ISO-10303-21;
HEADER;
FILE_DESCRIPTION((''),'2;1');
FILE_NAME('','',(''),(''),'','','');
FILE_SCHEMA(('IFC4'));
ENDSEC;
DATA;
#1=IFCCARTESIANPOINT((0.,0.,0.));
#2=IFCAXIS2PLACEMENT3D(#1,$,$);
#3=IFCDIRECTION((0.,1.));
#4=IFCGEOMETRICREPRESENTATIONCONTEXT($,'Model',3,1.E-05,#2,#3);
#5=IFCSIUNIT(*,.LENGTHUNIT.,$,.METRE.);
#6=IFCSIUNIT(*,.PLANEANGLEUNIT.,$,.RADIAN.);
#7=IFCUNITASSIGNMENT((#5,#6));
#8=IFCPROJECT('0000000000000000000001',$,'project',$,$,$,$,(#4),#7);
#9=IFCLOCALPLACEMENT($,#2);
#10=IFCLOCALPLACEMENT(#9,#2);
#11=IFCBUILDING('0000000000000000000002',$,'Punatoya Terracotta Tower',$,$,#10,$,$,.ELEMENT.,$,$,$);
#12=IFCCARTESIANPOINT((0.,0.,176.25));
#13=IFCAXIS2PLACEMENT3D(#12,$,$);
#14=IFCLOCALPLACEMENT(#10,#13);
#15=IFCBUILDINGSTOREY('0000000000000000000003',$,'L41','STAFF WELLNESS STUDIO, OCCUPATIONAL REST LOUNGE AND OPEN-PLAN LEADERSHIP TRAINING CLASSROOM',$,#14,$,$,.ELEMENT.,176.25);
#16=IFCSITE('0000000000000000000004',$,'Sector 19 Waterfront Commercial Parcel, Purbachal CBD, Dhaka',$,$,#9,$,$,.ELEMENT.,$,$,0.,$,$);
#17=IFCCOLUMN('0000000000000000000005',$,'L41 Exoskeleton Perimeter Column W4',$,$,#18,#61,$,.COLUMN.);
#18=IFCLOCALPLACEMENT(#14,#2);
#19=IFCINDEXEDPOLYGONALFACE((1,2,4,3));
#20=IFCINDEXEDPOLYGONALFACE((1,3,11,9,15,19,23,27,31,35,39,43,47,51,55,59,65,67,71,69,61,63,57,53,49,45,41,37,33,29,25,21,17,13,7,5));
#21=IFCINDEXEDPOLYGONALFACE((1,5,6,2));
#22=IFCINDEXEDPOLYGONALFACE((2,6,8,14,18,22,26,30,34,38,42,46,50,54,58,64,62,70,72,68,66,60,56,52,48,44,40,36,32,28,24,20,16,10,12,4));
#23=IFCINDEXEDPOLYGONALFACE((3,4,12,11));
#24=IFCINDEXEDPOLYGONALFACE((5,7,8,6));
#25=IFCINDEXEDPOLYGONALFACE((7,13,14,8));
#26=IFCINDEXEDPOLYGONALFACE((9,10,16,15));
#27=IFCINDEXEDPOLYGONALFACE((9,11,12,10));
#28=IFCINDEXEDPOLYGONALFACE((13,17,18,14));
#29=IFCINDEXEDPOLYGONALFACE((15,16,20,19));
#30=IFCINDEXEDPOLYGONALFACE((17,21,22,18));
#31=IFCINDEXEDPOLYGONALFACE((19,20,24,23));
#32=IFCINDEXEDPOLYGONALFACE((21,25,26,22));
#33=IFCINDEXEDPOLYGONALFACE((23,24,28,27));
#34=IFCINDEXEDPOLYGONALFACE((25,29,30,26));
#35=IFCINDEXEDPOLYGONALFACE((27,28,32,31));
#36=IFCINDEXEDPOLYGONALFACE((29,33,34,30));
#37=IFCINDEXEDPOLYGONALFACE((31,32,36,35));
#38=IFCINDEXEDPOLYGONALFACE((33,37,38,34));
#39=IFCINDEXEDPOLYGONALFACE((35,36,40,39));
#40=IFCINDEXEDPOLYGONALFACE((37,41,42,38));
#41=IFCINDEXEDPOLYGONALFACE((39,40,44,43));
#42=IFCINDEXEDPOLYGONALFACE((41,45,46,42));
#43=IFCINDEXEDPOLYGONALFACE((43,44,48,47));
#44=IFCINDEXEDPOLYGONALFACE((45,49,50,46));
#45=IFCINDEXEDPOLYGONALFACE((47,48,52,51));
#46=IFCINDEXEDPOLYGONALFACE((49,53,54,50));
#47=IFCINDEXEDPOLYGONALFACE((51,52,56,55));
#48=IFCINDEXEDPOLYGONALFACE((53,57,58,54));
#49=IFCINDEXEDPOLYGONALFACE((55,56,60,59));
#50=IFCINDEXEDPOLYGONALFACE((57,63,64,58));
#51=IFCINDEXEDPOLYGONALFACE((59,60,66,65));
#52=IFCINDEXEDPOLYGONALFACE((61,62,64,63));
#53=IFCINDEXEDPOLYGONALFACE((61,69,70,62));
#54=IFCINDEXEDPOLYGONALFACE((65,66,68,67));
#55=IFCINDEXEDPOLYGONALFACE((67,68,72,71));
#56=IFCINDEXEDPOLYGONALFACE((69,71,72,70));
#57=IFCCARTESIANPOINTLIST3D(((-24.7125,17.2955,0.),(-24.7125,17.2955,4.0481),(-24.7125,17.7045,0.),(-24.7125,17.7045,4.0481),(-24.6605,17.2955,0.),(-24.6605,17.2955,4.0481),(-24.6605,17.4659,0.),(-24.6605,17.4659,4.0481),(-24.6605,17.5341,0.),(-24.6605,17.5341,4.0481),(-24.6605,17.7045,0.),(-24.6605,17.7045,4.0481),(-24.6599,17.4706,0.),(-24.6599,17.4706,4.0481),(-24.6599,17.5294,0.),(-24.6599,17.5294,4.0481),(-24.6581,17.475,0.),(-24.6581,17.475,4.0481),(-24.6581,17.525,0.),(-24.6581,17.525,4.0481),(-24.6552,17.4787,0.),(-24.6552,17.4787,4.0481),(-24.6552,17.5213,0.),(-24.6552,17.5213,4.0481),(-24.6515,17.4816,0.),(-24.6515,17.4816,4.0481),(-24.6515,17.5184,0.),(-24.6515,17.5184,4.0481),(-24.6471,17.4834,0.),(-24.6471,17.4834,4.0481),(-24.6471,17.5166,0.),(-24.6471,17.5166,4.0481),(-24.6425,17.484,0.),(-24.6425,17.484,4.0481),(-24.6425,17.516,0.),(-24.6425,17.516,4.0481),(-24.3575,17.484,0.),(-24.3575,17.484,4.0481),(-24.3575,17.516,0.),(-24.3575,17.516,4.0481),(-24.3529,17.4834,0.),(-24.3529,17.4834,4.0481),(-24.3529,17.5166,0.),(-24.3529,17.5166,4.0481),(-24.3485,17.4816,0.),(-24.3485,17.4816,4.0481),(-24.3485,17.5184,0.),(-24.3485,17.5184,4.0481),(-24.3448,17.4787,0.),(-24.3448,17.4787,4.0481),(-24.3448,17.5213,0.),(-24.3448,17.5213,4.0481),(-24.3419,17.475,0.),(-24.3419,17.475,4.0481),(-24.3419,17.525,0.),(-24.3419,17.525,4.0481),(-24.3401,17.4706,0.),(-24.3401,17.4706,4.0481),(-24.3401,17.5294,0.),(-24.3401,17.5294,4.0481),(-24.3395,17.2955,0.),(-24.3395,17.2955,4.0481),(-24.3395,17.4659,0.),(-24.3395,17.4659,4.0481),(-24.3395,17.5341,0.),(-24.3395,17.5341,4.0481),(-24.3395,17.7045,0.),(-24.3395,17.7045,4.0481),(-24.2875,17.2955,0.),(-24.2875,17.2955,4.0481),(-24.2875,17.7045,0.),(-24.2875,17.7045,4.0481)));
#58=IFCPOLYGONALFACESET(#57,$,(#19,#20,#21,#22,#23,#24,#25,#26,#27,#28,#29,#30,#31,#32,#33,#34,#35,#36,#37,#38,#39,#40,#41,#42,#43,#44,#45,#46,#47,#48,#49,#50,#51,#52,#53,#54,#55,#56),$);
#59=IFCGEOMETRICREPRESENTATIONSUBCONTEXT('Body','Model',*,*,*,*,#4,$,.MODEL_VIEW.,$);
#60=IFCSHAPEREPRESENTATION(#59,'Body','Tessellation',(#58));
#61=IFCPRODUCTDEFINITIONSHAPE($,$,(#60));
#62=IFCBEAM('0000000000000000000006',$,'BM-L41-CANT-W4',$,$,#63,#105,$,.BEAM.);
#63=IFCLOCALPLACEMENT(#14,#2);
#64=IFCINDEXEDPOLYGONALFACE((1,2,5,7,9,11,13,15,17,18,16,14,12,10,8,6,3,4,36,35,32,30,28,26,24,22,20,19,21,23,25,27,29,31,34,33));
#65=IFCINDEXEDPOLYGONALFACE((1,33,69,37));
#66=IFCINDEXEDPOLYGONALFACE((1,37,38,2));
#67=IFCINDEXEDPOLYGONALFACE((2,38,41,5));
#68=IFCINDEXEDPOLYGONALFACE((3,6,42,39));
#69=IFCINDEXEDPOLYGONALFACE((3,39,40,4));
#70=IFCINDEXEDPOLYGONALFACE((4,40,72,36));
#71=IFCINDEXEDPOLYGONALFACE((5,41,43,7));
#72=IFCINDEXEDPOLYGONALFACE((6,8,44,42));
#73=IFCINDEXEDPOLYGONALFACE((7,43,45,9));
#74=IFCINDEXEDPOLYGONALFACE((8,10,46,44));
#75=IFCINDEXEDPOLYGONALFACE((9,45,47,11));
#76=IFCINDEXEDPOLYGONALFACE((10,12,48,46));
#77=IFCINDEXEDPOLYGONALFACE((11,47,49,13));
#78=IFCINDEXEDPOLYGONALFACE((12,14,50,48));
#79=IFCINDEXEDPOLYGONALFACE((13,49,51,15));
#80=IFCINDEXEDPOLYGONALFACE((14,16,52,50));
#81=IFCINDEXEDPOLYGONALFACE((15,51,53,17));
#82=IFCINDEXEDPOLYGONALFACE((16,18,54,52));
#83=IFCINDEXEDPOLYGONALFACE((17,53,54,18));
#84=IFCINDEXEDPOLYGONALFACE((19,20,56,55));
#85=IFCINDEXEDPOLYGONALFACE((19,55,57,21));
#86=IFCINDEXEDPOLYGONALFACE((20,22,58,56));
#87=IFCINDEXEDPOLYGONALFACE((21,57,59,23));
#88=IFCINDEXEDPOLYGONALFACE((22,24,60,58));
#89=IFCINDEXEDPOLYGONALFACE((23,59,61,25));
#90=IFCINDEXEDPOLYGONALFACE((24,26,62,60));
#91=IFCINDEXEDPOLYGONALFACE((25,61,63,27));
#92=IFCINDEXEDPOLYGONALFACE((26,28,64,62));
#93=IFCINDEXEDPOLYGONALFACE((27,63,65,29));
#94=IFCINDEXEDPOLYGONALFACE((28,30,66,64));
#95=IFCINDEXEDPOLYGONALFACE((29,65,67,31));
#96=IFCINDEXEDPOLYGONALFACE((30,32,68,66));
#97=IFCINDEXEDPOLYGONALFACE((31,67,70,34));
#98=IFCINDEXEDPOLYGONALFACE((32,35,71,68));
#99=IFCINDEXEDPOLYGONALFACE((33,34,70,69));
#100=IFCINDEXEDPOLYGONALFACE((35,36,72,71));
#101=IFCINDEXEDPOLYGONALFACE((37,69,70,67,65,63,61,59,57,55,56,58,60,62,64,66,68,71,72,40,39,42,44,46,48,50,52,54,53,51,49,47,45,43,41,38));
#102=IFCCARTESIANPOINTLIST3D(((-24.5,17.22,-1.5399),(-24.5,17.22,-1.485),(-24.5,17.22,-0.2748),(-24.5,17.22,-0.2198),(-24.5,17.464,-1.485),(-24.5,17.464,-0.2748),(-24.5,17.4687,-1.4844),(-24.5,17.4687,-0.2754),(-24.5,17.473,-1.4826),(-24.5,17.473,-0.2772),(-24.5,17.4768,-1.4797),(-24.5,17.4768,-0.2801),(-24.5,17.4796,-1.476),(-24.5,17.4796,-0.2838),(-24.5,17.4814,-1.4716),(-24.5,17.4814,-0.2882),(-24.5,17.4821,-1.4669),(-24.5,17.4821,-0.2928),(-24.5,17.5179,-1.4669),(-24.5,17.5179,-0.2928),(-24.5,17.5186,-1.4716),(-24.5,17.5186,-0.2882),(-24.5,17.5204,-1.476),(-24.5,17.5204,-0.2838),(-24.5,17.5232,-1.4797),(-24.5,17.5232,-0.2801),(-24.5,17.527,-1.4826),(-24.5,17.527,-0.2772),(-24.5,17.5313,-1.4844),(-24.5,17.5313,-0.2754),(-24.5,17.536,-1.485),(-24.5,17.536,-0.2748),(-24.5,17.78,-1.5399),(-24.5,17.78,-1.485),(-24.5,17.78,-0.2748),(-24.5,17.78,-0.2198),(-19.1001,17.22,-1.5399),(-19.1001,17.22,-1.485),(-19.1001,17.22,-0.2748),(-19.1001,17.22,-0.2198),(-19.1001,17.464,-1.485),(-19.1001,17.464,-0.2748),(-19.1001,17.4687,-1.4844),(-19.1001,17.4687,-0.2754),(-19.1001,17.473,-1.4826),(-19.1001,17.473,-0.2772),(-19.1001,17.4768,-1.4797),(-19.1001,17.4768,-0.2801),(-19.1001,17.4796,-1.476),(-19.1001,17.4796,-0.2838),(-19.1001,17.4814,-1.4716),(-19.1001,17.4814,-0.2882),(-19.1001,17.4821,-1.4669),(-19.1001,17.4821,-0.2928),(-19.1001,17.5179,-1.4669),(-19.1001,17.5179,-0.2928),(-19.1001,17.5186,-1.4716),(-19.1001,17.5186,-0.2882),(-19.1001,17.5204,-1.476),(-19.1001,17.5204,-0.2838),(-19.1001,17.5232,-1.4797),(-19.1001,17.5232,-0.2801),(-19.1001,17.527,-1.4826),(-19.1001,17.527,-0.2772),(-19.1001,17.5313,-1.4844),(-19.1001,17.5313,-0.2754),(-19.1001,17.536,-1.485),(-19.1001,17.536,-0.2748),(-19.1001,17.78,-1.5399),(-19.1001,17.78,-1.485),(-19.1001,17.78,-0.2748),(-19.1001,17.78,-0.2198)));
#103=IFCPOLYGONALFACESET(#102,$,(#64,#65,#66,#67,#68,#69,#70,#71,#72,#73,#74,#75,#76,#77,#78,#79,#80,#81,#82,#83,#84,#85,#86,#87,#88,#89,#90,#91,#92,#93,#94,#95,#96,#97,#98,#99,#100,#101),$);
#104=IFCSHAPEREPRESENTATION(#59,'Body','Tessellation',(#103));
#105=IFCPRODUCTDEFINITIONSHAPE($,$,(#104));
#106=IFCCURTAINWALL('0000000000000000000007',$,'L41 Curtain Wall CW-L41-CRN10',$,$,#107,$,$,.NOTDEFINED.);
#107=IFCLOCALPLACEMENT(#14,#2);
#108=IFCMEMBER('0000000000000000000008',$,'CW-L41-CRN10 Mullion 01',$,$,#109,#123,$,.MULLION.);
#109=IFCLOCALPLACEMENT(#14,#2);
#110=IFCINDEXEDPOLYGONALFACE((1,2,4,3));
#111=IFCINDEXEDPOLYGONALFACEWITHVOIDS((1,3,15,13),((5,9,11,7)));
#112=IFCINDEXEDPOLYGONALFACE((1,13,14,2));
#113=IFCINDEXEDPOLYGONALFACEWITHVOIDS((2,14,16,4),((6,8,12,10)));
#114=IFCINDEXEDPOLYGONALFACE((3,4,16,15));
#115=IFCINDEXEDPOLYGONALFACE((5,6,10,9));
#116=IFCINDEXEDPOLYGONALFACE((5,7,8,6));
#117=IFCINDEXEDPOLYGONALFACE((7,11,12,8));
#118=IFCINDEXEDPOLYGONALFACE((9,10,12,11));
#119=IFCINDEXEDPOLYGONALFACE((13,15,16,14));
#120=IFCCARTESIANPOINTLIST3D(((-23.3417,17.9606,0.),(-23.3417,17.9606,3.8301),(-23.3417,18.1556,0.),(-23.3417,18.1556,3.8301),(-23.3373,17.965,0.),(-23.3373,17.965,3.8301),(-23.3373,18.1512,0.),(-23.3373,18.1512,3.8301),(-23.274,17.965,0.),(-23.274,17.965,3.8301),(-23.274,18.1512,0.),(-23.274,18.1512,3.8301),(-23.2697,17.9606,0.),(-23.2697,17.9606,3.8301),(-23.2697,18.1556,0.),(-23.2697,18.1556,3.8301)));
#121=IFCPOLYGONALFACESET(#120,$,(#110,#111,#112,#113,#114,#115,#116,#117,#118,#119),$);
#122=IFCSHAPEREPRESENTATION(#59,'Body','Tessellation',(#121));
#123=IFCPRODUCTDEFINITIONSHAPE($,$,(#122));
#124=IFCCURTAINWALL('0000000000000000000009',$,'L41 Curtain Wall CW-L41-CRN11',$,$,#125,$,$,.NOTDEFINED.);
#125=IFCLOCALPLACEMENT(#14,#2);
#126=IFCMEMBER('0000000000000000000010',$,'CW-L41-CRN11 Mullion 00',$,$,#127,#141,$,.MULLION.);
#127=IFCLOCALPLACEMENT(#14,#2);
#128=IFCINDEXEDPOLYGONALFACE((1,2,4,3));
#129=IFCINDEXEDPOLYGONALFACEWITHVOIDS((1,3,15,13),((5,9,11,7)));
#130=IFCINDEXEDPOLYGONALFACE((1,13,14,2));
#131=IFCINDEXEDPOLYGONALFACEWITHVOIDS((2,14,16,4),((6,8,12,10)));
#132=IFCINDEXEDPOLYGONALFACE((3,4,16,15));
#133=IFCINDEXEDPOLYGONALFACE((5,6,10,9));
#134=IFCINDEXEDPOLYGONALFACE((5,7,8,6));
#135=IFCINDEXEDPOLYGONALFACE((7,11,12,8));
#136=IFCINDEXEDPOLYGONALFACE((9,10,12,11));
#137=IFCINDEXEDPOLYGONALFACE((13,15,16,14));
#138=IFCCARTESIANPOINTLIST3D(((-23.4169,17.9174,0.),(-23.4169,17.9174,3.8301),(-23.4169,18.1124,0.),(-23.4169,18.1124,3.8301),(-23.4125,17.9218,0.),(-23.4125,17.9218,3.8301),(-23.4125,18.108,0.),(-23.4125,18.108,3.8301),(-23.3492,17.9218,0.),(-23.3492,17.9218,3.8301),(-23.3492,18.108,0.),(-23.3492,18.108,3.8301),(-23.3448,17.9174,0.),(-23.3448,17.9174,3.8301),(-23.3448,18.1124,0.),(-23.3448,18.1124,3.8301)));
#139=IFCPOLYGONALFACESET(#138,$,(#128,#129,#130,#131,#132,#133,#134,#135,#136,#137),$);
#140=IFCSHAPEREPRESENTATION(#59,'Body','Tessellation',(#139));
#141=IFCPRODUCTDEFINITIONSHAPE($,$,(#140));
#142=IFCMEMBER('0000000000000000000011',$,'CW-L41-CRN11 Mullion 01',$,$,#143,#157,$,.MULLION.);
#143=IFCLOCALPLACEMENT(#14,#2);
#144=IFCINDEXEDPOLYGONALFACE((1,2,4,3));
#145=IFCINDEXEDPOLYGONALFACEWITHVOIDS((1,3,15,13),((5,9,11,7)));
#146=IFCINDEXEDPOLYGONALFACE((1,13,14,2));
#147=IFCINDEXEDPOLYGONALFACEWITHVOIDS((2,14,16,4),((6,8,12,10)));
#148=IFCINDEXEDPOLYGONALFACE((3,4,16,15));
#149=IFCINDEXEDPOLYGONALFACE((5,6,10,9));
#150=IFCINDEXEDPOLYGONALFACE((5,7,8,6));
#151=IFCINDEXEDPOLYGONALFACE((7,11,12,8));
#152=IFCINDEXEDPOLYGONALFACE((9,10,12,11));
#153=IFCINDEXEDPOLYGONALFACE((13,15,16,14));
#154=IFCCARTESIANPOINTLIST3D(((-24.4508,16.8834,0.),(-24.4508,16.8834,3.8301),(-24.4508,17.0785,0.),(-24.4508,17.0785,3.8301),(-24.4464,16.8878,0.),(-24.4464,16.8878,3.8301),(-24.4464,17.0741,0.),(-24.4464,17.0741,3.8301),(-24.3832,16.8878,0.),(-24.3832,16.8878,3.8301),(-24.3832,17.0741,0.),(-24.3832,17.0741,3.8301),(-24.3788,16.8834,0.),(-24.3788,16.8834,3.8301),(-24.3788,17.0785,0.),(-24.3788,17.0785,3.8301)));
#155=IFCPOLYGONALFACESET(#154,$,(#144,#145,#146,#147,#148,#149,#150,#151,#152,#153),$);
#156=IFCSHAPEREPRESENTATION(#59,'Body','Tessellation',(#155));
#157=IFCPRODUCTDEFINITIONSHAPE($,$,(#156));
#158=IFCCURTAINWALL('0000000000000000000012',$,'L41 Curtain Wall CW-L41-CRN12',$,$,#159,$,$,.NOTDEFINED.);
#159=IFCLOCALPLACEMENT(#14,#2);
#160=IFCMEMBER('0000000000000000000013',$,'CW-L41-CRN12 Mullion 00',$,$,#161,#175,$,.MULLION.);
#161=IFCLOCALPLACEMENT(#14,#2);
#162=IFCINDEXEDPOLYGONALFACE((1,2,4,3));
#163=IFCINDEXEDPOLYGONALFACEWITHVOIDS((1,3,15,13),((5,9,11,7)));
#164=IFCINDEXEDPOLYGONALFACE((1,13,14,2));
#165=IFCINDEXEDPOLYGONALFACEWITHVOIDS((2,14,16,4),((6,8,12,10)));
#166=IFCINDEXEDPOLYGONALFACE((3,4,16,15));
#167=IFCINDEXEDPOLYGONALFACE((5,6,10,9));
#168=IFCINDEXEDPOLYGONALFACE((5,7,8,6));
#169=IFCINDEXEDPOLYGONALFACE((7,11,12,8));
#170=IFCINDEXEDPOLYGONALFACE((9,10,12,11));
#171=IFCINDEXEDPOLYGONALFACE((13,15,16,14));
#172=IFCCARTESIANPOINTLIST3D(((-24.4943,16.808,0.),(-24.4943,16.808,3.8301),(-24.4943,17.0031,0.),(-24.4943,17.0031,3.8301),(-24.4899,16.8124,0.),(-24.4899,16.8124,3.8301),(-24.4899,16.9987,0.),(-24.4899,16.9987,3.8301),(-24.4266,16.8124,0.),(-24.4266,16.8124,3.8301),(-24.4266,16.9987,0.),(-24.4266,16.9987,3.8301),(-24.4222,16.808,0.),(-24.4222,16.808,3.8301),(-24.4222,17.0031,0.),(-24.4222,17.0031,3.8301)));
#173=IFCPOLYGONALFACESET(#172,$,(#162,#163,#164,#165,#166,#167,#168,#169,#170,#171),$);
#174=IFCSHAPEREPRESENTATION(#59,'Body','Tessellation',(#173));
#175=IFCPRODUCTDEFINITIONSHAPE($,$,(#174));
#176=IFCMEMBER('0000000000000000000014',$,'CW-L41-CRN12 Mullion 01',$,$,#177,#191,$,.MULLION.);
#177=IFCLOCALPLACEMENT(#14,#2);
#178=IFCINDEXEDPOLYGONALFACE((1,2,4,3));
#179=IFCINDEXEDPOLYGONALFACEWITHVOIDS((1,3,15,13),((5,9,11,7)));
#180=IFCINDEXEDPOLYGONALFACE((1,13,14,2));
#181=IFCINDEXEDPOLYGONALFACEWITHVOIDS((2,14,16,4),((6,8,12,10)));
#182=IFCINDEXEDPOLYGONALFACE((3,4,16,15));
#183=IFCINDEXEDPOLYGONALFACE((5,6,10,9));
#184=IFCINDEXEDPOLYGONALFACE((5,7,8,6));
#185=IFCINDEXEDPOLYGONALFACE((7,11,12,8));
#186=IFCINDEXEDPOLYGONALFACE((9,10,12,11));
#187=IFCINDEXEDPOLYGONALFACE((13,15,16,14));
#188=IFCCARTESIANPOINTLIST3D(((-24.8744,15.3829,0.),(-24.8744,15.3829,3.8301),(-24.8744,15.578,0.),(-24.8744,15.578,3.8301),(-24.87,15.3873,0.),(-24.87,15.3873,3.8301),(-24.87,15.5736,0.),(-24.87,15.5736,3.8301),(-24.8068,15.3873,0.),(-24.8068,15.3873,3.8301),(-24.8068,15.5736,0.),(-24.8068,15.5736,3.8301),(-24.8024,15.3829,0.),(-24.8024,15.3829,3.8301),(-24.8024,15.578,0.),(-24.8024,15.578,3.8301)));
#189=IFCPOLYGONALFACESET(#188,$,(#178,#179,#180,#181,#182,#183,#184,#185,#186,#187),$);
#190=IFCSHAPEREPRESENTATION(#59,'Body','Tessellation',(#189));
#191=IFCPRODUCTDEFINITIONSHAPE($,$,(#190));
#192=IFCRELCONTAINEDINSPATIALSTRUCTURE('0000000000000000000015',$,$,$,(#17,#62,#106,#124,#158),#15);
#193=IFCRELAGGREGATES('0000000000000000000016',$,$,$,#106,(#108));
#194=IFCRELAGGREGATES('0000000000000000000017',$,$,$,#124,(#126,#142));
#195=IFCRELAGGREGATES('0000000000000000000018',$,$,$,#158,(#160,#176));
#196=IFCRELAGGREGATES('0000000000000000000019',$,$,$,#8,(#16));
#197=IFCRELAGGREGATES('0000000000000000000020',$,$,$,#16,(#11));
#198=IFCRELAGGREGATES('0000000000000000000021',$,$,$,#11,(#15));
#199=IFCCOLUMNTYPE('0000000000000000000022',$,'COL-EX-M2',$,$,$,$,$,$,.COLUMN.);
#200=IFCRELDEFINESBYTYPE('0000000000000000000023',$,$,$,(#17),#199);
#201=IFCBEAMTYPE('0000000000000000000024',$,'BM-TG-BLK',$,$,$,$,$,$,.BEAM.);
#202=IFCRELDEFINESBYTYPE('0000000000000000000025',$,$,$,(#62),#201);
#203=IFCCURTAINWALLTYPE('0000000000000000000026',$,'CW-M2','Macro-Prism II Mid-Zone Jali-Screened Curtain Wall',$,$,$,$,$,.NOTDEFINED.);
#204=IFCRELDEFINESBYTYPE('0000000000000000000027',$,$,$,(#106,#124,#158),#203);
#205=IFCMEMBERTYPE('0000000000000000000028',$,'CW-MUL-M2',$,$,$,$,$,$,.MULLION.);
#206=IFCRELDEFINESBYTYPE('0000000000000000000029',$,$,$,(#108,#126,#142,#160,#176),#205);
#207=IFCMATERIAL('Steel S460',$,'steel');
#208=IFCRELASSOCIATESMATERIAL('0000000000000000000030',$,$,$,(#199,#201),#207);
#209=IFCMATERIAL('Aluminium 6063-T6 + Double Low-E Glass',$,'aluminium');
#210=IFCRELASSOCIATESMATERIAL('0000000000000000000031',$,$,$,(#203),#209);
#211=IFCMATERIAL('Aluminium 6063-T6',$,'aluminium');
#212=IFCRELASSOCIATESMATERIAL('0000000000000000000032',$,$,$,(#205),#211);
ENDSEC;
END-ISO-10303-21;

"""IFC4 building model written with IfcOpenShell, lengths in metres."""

from ifc_helpers import new_model, si_unit, direction, frame, origin, origin_2d, place, context, subcontext, project, spatial, hollow_rectangle, i_section, extrude, material, material_profile, profile_set, type_object, element, aggregate, save


model = new_model("IFC4")

# Units and contexts
model_context = context("Model", 3, precision=1e-05, world=origin(), true_north=direction((0.0, 1.0)))
body_context = subcontext(model_context, "Body", "Model", "MODEL_VIEW")
ifc_project = project(units=[si_unit("LENGTHUNIT", "METRE"), si_unit("PLANEANGLEUNIT", "RADIAN")], contexts=[model_context])

# Site, building, storey
site_placement = place(None, origin())
site = spatial("IfcSite", under=ifc_project, at=site_placement, Name="Sector 19 Waterfront Commercial Parcel, Purbachal CBD, Dhaka", CompositionType="ELEMENT", RefElevation=0.0)
building_placement = place(site_placement, origin())
building = spatial("IfcBuilding", under=site, at=building_placement, Name="Punatoya Terracotta Tower", CompositionType="ELEMENT")
storey_placement = place(building_placement, frame((0.0, 0.0, 176.25)))
storey = spatial("IfcBuildingStorey", under=building, at=storey_placement, Name="L41", Description="STAFF WELLNESS STUDIO, OCCUPATIONAL REST LOUNGE AND OPEN-PLAN LEADERSHIP TRAINING CLASSROOM", CompositionType="ELEMENT", Elevation=176.25)

# Column
ifc_material_1 = material(Name="Steel S460", Category="steel")
ifc_material_profile_1 = material_profile(ifc_material_1, i_section(OverallWidth=0.4089, OverallDepth=0.425, WebThickness=0.032, FlangeThickness=0.052, FilletRadius=0.0181, at=origin_2d()))
ifc_profile_set_1 = profile_set([ifc_material_profile_1], Name="Steel S460")
column_type = type_object("IfcColumnType", Name="COL-EX-M2", PredefinedType="COLUMN", material=ifc_profile_set_1)
column_placement = place(storey_placement, frame((-24.5, 17.5, 0.0), z_axis=(0.0, 0.0, 1.0), x_axis=(0.0, 1.0, 0.0)))
element("IfcColumn", 1, at=column_placement, inside=storey, type_object=column_type, Name="L41 Exoskeleton Perimeter Column W4", PredefinedType="COLUMN", context=body_context, shape_type="SweptSolid", body=[
    extrude(i_section(OverallWidth=0.4089, OverallDepth=0.425, WebThickness=0.032, FlangeThickness=0.052, FilletRadius=0.0181, at=origin_2d()), origin(), (0.0, 0.0, 1.0), 4.0481),
])

# Beam
ifc_material_profile_2 = material_profile(ifc_material_1, i_section(OverallWidth=0.5601, OverallDepth=1.3201, WebThickness=0.0359, FlangeThickness=0.0549, FilletRadius=0.0181, at=origin_2d()))
ifc_profile_set_2 = profile_set([ifc_material_profile_2], Name="Steel S460")
beam_type = type_object("IfcBeamType", Name="BM-TG-BLK", PredefinedType="BEAM", material=ifc_profile_set_2)
beam_placement = place(storey_placement, frame((-24.5, 17.5, -0.8799), z_axis=(1.0, 0.0, 0.0), x_axis=(0.0, 1.0, 0.0)))
element("IfcBeam", 2, at=beam_placement, inside=storey, type_object=beam_type, Name="BM-L41-CANT-W4", PredefinedType="BEAM", context=body_context, shape_type="SweptSolid", body=[
    extrude(i_section(OverallWidth=0.5601, OverallDepth=1.3201, WebThickness=0.0359, FlangeThickness=0.0549, FilletRadius=0.0181, at=origin_2d()), origin(), (0.0, 0.0, 1.0), 5.3999),
])

# Curtain wall, member
ifc_material_2 = material(Name="Aluminium 6063-T6 + Double Low-E Glass", Category="aluminium")
curtain_wall_type = type_object("IfcCurtainWallType", Name="CW-M2", Description="Macro-Prism II Mid-Zone Jali-Screened Curtain Wall", PredefinedType="NOTDEFINED", material=ifc_material_2)
curtain_wall_1_placement = place(storey_placement, origin())
curtain_wall_1 = element("IfcCurtainWall", 3, at=curtain_wall_1_placement, inside=storey, type_object=curtain_wall_type, Name="L41 Curtain Wall CW-L41-CRN10", PredefinedType="NOTDEFINED")
ifc_material_3 = material(Name="Aluminium 6063-T6", Category="aluminium")
ifc_material_profile_3 = material_profile(ifc_material_3, hollow_rectangle(XDim=0.072, YDim=0.1951, WallThickness=0.0044, at=origin_2d()))
ifc_profile_set_3 = profile_set([ifc_material_profile_3], Name="Aluminium 6063-T6")
member_type_1 = type_object("IfcMemberType", Name="CW-MUL-M2", PredefinedType="MULLION", material=ifc_profile_set_3)
member_1_placement = place(storey_placement, frame((-23.3057, 18.0581, 0.0), z_axis=(0.0, 0.0, 1.0), x_axis=(1.0, 0.0, 0.0)))
member_1 = element("IfcMember", 4, at=member_1_placement, type_object=member_type_1, Name="CW-L41-CRN10 Mullion 01", PredefinedType="MULLION", context=body_context, shape_type="SweptSolid", body=[
    extrude(hollow_rectangle(XDim=0.072, YDim=0.1951, WallThickness=0.0044, at=origin_2d()), origin(), (0.0, 0.0, 1.0), 3.8301),
])

# Curtain walls, members
curtain_wall_2_placement = place(storey_placement, origin())
curtain_wall_2 = element("IfcCurtainWall", 5, at=curtain_wall_2_placement, inside=storey, type_object=curtain_wall_type, Name="L41 Curtain Wall CW-L41-CRN11", PredefinedType="NOTDEFINED")
member_2_placement = place(storey_placement, frame((-23.3809, 18.0149, 0.0), z_axis=(0.0, 0.0, 1.0), x_axis=(1.0, 0.0, 0.0)))
member_2 = element("IfcMember", 6, at=member_2_placement, type_object=member_type_1, Name="CW-L41-CRN11 Mullion 00", PredefinedType="MULLION", context=body_context, shape_type="SweptSolid", body=[
    extrude(hollow_rectangle(XDim=0.072, YDim=0.1951, WallThickness=0.0044, at=origin_2d()), origin(), (0.0, 0.0, 1.0), 3.8301),
])
member_3_placement = place(storey_placement, frame((-24.4148, 16.981, 0.0), z_axis=(0.0, 0.0, 1.0), x_axis=(1.0, 0.0, 0.0)))
member_3 = element("IfcMember", 7, at=member_3_placement, type_object=member_type_1, Name="CW-L41-CRN11 Mullion 01", PredefinedType="MULLION", context=body_context, shape_type="SweptSolid", body=[
    extrude(hollow_rectangle(XDim=0.072, YDim=0.1951, WallThickness=0.0044, at=origin_2d()), origin(), (0.0, 0.0, 1.0), 3.8301),
])
curtain_wall_3_placement = place(storey_placement, origin())
curtain_wall_3 = element("IfcCurtainWall", 8, at=curtain_wall_3_placement, inside=storey, type_object=curtain_wall_type, Name="L41 Curtain Wall CW-L41-CRN12", PredefinedType="NOTDEFINED")
member_4_placement = place(storey_placement, frame((-24.4583, 16.9055, 0.0), z_axis=(0.0, 0.0, 1.0), x_axis=(1.0, 0.0, 0.0)))
member_4 = element("IfcMember", 9, at=member_4_placement, type_object=member_type_1, Name="CW-L41-CRN12 Mullion 00", PredefinedType="MULLION", context=body_context, shape_type="SweptSolid", body=[
    extrude(hollow_rectangle(XDim=0.072, YDim=0.1951, WallThickness=0.0044, at=origin_2d()), origin(), (0.0, 0.0, 1.0), 3.8301),
])
member_5_placement = place(storey_placement, frame((-24.8384, 15.4805, 0.0), z_axis=(0.0, 0.0, 1.0), x_axis=(1.0, 0.0, 0.0)))
member_5 = element("IfcMember", 10, at=member_5_placement, type_object=member_type_1, Name="CW-L41-CRN12 Mullion 01", PredefinedType="MULLION", context=body_context, shape_type="SweptSolid", body=[
    extrude(hollow_rectangle(XDim=0.072, YDim=0.1951, WallThickness=0.0044, at=origin_2d()), origin(), (0.0, 0.0, 1.0), 3.8301),
])

aggregate(curtain_wall_1, [member_1])
aggregate(curtain_wall_2, [member_2, member_3])
aggregate(curtain_wall_3, [member_4, member_5])

save(model, "model.ifc")
